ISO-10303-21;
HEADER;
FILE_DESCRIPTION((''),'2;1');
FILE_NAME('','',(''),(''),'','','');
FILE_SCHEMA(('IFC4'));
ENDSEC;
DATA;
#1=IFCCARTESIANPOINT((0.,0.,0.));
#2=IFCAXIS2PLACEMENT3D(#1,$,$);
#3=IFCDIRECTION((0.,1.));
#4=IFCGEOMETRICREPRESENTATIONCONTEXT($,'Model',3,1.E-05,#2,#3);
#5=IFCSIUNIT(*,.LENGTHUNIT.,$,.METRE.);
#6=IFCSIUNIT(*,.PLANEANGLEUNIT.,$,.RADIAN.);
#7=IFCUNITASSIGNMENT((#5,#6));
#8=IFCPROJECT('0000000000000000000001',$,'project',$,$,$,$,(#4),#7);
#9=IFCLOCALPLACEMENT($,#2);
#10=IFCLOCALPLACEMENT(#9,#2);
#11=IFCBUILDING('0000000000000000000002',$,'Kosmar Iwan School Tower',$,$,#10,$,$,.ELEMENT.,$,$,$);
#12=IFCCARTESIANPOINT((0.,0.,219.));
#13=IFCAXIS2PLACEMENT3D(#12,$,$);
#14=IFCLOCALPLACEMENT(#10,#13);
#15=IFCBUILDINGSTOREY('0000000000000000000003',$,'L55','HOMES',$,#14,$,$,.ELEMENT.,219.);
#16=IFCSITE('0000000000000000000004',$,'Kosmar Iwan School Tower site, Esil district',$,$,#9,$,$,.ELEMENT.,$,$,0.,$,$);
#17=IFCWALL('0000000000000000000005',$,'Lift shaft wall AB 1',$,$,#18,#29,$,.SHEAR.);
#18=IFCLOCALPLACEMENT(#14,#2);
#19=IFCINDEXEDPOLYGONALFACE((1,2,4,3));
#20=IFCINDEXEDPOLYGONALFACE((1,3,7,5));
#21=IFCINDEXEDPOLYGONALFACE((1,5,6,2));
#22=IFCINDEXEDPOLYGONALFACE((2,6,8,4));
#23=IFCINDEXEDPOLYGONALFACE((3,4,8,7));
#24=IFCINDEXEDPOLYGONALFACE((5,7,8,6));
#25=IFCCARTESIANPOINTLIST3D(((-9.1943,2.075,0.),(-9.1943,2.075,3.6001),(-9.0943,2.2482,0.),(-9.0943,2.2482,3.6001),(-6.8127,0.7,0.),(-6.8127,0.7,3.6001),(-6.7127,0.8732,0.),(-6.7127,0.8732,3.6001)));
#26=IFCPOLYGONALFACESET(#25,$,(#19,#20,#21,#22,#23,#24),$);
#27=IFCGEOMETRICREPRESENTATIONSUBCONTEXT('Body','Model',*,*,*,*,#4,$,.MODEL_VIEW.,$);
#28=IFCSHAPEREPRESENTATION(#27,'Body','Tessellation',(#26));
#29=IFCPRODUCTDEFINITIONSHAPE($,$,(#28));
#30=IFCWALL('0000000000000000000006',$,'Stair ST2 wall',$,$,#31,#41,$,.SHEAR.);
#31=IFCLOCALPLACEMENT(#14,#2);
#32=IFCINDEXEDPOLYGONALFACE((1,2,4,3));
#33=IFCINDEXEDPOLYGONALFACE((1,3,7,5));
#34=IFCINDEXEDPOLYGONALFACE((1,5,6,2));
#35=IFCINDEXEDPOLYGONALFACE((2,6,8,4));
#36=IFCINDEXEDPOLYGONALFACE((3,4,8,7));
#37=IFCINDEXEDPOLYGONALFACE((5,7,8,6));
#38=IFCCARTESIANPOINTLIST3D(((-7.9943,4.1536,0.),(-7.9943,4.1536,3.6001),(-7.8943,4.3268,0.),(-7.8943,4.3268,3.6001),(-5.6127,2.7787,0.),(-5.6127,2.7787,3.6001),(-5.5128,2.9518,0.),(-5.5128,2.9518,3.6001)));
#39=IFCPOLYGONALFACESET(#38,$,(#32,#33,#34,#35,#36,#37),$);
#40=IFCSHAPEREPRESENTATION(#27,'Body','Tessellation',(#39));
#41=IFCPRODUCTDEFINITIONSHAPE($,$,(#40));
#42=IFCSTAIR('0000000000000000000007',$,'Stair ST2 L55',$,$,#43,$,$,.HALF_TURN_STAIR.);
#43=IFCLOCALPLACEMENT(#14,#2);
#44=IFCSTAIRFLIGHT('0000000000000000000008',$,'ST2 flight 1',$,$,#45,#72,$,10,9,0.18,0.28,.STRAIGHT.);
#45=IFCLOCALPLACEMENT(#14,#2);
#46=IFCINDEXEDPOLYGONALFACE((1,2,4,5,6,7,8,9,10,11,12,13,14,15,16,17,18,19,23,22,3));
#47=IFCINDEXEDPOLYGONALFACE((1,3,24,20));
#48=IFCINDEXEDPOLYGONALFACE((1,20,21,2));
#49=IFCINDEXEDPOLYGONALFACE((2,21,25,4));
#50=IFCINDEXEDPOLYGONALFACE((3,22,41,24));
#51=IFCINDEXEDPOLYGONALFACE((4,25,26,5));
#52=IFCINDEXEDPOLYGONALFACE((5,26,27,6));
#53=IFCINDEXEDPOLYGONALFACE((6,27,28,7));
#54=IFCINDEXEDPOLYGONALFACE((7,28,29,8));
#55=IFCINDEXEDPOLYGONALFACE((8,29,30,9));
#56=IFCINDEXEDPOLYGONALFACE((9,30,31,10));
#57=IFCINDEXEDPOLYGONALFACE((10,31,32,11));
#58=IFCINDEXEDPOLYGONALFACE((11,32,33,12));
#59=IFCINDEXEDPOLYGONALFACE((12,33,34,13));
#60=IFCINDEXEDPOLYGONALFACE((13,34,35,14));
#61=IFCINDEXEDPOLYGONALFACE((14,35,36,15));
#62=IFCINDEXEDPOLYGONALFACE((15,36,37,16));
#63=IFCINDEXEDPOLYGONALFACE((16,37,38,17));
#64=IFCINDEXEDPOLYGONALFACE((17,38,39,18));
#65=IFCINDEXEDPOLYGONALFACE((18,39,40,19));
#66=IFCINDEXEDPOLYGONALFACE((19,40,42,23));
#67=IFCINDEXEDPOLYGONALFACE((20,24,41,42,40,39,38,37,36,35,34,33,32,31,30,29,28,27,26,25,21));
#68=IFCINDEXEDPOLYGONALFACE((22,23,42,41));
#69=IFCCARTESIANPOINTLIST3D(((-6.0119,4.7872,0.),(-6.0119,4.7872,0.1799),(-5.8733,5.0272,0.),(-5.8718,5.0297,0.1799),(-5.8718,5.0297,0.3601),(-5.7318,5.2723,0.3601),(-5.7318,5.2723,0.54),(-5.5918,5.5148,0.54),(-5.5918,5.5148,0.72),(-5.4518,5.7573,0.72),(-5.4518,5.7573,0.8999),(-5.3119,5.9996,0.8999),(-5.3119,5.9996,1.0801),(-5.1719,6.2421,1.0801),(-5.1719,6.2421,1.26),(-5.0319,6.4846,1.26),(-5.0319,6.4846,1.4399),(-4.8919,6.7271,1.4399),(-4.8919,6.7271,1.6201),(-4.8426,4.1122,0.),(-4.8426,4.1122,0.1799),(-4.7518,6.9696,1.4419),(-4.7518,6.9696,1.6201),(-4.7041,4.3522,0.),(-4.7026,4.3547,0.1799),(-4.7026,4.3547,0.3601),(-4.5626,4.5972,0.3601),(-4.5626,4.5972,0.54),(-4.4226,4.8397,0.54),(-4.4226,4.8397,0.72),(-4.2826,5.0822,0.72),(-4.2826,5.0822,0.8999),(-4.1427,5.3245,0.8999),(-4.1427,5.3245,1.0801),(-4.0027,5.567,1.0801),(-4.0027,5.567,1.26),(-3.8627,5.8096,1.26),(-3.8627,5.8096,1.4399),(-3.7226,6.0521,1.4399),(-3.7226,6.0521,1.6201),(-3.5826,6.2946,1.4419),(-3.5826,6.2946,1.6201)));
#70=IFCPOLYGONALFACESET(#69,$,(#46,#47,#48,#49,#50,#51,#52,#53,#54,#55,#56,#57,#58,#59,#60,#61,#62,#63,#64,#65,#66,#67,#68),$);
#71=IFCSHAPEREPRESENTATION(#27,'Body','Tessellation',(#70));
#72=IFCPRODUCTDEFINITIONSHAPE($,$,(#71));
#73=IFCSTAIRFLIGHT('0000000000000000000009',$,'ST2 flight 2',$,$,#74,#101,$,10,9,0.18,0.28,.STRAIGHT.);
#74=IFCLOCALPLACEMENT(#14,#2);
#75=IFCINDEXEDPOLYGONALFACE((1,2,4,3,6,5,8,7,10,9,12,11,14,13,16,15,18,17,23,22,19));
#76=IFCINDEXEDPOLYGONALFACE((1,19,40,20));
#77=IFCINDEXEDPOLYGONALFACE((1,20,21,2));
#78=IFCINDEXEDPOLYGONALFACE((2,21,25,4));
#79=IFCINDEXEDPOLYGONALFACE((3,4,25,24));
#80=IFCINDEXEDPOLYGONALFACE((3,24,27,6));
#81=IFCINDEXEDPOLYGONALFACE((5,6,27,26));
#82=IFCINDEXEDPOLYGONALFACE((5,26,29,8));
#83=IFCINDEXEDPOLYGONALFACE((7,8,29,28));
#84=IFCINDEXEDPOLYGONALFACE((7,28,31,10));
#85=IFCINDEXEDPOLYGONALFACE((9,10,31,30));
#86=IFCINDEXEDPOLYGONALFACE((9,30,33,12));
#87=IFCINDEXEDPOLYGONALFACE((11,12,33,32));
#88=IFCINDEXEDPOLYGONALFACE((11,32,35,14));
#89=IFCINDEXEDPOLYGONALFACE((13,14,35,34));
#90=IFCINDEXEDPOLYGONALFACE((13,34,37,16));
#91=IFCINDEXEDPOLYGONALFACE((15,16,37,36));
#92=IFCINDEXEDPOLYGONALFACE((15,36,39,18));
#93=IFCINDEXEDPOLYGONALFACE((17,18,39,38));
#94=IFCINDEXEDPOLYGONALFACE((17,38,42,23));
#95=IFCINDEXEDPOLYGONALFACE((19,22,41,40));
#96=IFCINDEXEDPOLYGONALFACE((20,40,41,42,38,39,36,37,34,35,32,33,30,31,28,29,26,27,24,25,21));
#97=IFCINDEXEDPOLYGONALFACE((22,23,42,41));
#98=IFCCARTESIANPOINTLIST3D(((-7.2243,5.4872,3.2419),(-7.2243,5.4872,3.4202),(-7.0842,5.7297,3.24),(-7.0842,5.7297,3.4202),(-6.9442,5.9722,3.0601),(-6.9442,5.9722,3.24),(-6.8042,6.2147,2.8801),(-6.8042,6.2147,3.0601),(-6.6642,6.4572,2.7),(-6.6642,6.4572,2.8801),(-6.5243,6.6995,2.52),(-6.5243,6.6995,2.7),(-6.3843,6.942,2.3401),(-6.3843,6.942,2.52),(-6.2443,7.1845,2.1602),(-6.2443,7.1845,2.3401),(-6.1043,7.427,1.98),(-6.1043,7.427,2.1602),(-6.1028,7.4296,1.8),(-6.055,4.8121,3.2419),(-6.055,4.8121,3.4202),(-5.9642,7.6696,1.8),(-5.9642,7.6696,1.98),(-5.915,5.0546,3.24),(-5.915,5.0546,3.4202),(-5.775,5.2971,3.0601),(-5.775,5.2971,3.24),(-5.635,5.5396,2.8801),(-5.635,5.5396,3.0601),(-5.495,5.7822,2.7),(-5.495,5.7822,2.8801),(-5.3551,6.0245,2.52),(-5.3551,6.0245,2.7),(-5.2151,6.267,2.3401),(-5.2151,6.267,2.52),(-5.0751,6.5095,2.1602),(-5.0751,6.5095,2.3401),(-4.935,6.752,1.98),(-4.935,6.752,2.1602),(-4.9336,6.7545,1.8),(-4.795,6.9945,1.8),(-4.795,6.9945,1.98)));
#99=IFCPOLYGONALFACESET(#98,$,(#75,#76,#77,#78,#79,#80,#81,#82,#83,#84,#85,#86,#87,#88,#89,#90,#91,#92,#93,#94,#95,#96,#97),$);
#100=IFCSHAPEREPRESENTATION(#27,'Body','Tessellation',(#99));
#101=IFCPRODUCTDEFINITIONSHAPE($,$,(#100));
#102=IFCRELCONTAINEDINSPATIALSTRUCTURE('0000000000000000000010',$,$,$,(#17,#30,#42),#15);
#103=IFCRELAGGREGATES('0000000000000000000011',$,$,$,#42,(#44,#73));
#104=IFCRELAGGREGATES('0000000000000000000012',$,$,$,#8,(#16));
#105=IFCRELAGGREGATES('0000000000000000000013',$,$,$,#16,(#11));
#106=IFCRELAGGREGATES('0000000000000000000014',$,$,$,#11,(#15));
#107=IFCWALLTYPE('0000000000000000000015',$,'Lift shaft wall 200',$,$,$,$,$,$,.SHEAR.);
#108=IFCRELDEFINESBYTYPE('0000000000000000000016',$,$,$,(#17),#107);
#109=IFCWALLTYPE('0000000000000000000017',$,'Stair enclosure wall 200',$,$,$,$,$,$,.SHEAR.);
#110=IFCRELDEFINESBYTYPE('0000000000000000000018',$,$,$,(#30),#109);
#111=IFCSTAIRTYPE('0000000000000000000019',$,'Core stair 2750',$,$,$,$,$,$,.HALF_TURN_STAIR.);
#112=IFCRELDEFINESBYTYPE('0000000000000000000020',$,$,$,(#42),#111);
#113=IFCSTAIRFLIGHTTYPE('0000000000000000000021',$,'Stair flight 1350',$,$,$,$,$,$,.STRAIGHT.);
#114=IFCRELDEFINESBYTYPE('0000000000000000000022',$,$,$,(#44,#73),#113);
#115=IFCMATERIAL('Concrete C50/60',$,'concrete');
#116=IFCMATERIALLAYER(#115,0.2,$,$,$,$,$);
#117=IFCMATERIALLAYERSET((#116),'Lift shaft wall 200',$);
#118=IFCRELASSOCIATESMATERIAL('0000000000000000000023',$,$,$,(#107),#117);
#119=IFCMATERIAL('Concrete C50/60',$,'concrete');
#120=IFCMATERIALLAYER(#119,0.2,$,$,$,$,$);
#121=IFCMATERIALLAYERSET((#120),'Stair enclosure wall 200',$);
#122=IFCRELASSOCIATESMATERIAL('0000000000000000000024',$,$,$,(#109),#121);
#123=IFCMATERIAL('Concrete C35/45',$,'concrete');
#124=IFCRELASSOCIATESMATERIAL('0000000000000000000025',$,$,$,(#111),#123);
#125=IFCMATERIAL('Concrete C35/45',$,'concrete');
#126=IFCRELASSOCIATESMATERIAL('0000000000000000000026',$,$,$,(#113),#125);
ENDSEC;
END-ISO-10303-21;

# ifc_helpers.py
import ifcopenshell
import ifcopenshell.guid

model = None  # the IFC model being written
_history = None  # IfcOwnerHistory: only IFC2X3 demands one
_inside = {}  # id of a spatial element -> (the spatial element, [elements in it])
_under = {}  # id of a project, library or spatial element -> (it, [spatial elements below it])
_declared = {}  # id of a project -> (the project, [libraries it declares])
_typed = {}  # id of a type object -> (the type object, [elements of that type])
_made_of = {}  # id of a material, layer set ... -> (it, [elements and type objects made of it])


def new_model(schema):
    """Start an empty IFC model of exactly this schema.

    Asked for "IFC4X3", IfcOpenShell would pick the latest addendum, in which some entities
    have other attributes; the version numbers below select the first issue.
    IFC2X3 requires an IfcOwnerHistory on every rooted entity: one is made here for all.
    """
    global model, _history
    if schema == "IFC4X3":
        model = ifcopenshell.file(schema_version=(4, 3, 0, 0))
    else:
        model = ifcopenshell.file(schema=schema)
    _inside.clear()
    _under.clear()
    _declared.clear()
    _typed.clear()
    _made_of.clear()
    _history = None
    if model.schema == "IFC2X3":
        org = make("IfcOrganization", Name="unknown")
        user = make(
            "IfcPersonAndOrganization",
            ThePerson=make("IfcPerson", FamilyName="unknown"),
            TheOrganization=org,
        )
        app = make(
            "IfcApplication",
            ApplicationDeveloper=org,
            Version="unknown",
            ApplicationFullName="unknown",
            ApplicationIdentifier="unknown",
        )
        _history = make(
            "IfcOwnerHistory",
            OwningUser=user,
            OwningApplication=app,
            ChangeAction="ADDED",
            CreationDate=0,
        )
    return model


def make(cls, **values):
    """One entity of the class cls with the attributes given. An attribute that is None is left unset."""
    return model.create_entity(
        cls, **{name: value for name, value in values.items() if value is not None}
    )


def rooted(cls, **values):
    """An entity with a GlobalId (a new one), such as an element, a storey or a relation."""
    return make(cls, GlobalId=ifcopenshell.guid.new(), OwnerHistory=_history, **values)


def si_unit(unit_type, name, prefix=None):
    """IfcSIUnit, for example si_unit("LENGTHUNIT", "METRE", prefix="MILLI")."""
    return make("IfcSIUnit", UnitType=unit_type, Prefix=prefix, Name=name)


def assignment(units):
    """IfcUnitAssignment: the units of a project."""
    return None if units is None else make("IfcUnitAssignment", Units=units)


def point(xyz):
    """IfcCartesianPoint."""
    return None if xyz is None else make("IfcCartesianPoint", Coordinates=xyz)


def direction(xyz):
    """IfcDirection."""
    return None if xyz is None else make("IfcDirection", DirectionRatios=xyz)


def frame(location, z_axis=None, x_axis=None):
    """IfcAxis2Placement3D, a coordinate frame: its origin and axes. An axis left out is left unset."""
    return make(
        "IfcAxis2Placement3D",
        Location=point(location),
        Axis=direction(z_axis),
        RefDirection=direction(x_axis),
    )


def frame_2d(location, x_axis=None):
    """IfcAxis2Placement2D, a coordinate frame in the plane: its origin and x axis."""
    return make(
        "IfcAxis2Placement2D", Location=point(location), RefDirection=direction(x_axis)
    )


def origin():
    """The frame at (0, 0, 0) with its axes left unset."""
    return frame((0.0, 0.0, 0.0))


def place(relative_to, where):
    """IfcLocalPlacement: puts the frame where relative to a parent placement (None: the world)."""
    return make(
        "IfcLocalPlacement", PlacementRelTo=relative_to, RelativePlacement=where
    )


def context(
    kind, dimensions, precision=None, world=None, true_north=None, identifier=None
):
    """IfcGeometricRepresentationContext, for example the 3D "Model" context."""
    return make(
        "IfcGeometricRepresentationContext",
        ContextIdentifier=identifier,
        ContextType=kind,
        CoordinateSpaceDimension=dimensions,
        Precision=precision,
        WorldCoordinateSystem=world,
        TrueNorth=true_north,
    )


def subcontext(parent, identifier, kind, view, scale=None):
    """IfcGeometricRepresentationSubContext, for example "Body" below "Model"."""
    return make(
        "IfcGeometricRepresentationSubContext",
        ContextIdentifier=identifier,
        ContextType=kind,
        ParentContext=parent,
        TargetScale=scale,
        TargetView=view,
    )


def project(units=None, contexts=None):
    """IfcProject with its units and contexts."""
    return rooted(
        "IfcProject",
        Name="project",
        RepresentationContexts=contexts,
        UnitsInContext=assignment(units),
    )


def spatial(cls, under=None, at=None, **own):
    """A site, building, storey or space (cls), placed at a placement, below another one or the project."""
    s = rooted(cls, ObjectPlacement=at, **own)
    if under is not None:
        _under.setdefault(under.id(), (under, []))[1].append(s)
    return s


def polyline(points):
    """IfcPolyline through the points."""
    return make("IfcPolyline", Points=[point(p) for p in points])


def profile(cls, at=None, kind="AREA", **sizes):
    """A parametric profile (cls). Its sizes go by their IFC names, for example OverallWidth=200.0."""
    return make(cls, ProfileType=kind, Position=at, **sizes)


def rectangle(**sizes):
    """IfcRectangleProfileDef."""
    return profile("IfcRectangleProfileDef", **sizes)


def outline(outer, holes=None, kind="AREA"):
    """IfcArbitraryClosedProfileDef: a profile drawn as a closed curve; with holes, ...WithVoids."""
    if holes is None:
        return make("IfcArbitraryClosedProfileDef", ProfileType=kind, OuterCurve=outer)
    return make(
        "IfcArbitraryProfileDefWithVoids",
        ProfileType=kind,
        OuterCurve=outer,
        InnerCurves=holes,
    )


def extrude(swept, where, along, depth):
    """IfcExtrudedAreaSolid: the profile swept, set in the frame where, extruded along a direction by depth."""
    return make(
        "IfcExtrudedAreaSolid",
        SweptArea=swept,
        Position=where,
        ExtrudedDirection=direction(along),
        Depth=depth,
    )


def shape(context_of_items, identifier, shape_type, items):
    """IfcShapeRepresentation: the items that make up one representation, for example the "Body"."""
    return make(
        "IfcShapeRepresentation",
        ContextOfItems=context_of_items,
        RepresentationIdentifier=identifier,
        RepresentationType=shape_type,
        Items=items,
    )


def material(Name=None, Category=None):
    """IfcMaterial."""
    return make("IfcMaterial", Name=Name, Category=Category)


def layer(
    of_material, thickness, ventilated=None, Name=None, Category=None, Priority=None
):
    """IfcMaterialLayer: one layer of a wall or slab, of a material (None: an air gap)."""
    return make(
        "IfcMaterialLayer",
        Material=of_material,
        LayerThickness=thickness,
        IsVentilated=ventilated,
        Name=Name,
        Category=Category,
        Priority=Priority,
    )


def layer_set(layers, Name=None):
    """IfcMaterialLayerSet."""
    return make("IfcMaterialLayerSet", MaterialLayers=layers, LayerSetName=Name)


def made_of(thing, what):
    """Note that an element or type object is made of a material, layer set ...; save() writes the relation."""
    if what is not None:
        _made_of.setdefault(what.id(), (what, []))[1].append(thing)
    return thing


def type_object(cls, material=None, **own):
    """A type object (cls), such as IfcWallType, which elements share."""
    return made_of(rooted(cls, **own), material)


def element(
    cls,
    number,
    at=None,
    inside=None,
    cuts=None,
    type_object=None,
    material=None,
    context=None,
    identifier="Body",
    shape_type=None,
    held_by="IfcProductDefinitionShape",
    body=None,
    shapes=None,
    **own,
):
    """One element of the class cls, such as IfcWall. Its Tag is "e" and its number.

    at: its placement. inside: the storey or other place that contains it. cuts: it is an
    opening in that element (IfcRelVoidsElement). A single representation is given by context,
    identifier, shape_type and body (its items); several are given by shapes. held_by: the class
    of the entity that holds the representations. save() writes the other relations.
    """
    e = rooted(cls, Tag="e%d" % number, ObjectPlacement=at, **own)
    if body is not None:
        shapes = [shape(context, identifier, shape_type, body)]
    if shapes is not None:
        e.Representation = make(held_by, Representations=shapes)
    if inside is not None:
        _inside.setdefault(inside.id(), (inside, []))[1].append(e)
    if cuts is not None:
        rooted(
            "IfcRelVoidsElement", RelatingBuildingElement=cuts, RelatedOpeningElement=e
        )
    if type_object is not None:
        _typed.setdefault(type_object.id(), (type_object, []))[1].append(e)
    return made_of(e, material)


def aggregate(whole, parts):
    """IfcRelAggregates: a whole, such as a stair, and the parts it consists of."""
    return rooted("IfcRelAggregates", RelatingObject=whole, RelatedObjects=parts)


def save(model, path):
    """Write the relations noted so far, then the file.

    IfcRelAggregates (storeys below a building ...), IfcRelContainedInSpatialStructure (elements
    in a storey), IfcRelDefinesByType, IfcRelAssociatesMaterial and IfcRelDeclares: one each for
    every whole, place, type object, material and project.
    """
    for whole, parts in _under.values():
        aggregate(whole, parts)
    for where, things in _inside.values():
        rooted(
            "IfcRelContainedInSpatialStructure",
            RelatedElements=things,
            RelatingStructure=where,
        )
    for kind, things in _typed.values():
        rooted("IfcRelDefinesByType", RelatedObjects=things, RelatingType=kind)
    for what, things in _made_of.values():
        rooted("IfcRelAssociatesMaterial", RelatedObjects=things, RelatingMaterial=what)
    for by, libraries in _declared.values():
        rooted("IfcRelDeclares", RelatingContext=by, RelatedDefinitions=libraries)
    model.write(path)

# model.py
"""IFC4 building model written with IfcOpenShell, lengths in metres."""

from ifc_helpers import new_model, si_unit, direction, frame, frame_2d, origin, place, context, subcontext, project, spatial, polyline, rectangle, outline, extrude, material, layer, layer_set, type_object, element, aggregate, save


model = new_model("IFC4")

# Units and contexts
model_context = context("Model", 3, precision=1e-05, world=origin(), true_north=direction((0.0, 1.0)))
body_context = subcontext(model_context, "Body", "Model", "MODEL_VIEW")
ifc_project = project(units=[si_unit("LENGTHUNIT", "METRE"), si_unit("PLANEANGLEUNIT", "RADIAN")], contexts=[model_context])

# Site, building, storey
site_placement = place(None, origin())
site = spatial("IfcSite", under=ifc_project, at=site_placement, Name="Kosmar Iwan School Tower site, Esil district", CompositionType="ELEMENT", RefElevation=0.0)
building_placement = place(site_placement, origin())
building = spatial("IfcBuilding", under=site, at=building_placement, Name="Kosmar Iwan School Tower", CompositionType="ELEMENT")
storey_placement = place(building_placement, frame((0.0, 0.0, 219.0)))
storey = spatial("IfcBuildingStorey", under=building, at=storey_placement, Name="L55", Description="HOMES", CompositionType="ELEMENT", Elevation=219.0)

# Walls
ifc_material_1 = material(Name="Concrete C50/60", Category="concrete")
ifc_layer_1 = layer(ifc_material_1, 0.2)
ifc_layer_set_1 = layer_set([ifc_layer_1], Name="Lift shaft wall 200")
wall_type_1 = type_object("IfcWallType", Name="Lift shaft wall 200", PredefinedType="SHEAR", material=ifc_layer_set_1)
wall_1_placement = place(storey_placement, frame((-6.7627, 0.7866, 0.0), z_axis=(0.0, 0.0, 1.0), x_axis=(-0.866027, 0.499997, 0.0)))
element("IfcWall", 1, at=wall_1_placement, inside=storey, type_object=wall_type_1, Name="Lift shaft wall AB 1", PredefinedType="SHEAR", context=body_context, shape_type="SweptSolid", body=[
    extrude(rectangle(XDim=2.75, YDim=0.2, at=frame_2d((1.375, 0.0))), origin(), (0.0, 0.0, 1.0), 3.6001),
])
ifc_material_2 = material(Name="Concrete C50/60", Category="concrete")
ifc_layer_2 = layer(ifc_material_2, 0.2)
ifc_layer_set_2 = layer_set([ifc_layer_2], Name="Stair enclosure wall 200")
wall_type_2 = type_object("IfcWallType", Name="Stair enclosure wall 200", PredefinedType="SHEAR", material=ifc_layer_set_2)
wall_2_placement = place(storey_placement, frame((-5.5627, 2.8652, 0.0), z_axis=(0.0, 0.0, 1.0), x_axis=(-0.866027, 0.499997, 0.0)))
element("IfcWall", 2, at=wall_2_placement, inside=storey, type_object=wall_type_2, Name="Stair ST2 wall", PredefinedType="SHEAR", context=body_context, shape_type="SweptSolid", body=[
    extrude(rectangle(XDim=2.75, YDim=0.2, at=frame_2d((1.375, 0.0))), origin(), (0.0, 0.0, 1.0), 3.6001),
])

# Stair, stair flights
ifc_material_3 = material(Name="Concrete C35/45", Category="concrete")
stair_type = type_object("IfcStairType", Name="Core stair 2750", PredefinedType="HALF_TURN_STAIR", material=ifc_material_3)
stair_placement = place(storey_placement, origin())
stair = element("IfcStair", 3, at=stair_placement, inside=storey, type_object=stair_type, Name="Stair ST2 L55", PredefinedType="HALF_TURN_STAIR")
ifc_material_4 = material(Name="Concrete C35/45", Category="concrete")
stair_flight_type = type_object("IfcStairFlightType", Name="Stair flight 1350", PredefinedType="STRAIGHT", material=ifc_material_4)
stair_flight_1_placement = place(storey_placement, frame((-5.4272, 4.4497, 0.0), z_axis=(0.0, 0.0, 1.0), x_axis=(0.5, 0.866025, 0.0)))
stair_flight_1 = element("IfcStairFlight", 4, at=stair_flight_1_placement, type_object=stair_flight_type, Name="ST2 flight 1", NumberOfRisers=10, NumberOfTreads=9, PredefinedType="STRAIGHT", RiserHeight=0.18, TreadLength=0.28, context=body_context, shape_type="SweptSolid", body=[
    extrude(outline(polyline([(0.0, 0.0), (0.0, 0.1799), (0.28, 0.1799), (0.28, 0.3601), (0.5601, 0.3601), (0.5601, 0.54), (0.8401, 0.54), (0.8401, 0.72), (1.1201, 0.72), (1.1201, 0.8999), (1.3999, 0.8999), (1.3999, 1.0801), (1.6799, 1.0801), (1.6799, 1.26), (1.96, 1.26), (1.96, 1.4399), (2.24, 1.4399), (2.24, 1.6201), (2.52, 1.6201), (2.52, 1.8), (2.52, 1.4419), (0.2771, 0.0), (0.0, 0.0)])), frame((0.0, 0.675, 0.0), z_axis=(0.0, -1.0, 0.0), x_axis=(1.0, 0.0, 0.0)), (0.0, 0.0, 1.0), 1.3501),
])
stair_flight_2_placement = place(storey_placement, frame((-5.3796, 7.332, 1.8), z_axis=(0.0, 0.0, 1.0), x_axis=(-0.5, -0.866025, 0.0)))
stair_flight_2 = element("IfcStairFlight", 5, at=stair_flight_2_placement, type_object=stair_flight_type, Name="ST2 flight 2", NumberOfRisers=10, NumberOfTreads=9, PredefinedType="STRAIGHT", RiserHeight=0.18, TreadLength=0.28, context=body_context, shape_type="SweptSolid", body=[
    extrude(outline(polyline([(0.0, 0.0), (0.0, 0.1799), (0.28, 0.1799), (0.28, 0.3601), (0.5601, 0.3601), (0.5601, 0.54), (0.8401, 0.54), (0.8401, 0.72), (1.1201, 0.72), (1.1201, 0.8999), (1.3999, 0.8999), (1.3999, 1.0801), (1.6799, 1.0801), (1.6799, 1.26), (1.96, 1.26), (1.96, 1.4399), (2.24, 1.4399), (2.24, 1.6201), (2.52, 1.6201), (2.52, 1.8), (2.52, 1.4419), (0.2771, 0.0), (0.0, 0.0)])), frame((0.0, 0.675, 0.0), z_axis=(0.0, -1.0, 0.0), x_axis=(1.0, 0.0, 0.0)), (0.0, 0.0, 1.0), 1.3501),
])
aggregate(stair, [stair_flight_1, stair_flight_2])

save(model, "model.ifc")
